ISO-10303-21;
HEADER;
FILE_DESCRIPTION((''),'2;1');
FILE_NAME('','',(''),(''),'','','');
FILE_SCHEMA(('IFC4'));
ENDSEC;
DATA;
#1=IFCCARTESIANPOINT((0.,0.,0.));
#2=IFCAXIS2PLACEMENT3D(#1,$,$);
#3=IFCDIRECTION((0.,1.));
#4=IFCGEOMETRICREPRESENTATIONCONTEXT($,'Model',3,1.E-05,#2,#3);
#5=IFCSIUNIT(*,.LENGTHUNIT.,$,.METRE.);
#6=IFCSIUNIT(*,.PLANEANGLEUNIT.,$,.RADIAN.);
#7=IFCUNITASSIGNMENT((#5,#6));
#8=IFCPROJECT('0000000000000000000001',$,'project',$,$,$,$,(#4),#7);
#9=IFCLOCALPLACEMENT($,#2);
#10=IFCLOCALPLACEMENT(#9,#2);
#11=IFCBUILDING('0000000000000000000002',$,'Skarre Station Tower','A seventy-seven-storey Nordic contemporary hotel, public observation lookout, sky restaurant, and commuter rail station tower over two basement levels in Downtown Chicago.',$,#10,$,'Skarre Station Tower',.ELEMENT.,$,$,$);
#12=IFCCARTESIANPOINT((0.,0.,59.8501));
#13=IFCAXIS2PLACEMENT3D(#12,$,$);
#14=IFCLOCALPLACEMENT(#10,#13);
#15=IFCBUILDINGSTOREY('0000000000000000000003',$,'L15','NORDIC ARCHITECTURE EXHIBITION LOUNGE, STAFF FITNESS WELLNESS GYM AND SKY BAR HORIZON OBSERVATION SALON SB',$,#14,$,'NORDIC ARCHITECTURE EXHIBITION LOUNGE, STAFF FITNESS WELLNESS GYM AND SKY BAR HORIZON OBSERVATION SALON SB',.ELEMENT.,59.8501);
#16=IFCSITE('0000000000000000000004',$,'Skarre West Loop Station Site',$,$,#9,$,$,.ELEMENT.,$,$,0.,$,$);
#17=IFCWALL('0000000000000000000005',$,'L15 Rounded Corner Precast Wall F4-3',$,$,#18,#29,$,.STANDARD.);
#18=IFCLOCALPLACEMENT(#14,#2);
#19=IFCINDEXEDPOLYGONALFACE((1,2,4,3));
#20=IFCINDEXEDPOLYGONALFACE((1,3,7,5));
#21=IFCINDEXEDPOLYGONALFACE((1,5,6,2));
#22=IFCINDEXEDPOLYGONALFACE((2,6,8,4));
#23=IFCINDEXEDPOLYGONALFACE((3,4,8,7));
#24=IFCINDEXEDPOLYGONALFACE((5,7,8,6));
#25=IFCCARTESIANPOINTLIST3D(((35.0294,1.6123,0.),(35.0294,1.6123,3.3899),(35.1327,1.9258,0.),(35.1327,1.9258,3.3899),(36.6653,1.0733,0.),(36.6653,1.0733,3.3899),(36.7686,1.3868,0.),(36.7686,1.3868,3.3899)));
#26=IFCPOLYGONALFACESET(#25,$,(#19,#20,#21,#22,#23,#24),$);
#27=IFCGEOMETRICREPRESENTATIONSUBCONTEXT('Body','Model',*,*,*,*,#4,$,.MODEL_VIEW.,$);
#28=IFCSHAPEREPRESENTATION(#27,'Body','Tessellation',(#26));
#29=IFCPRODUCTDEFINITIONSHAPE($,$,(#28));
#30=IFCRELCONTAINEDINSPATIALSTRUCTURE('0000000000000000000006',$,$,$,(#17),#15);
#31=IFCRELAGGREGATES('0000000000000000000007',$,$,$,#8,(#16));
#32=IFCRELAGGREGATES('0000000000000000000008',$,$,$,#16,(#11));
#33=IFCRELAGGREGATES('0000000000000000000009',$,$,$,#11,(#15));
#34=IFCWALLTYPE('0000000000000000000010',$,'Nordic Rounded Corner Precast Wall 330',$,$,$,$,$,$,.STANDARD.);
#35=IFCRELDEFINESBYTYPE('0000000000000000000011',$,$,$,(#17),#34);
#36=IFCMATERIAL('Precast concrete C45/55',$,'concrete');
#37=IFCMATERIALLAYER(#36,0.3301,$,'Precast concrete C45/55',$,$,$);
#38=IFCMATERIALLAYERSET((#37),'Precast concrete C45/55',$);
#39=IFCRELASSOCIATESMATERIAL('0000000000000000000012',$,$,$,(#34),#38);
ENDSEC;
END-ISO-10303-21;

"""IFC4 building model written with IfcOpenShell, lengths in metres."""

from ifc_helpers import new_model, si_unit, direction, frame, frame_2d, origin, place, context, subcontext, project, spatial, rectangle, extrude, material, layer, layer_set, type_object, element, save


model = new_model("IFC4")

# Units and contexts
model_context = context("Model", 3, precision=1e-05, world=origin(), true_north=direction((0.0, 1.0)))
body_context = subcontext(model_context, "Body", "Model", "MODEL_VIEW")
ifc_project = project(units=[si_unit("LENGTHUNIT", "METRE"), si_unit("PLANEANGLEUNIT", "RADIAN")], contexts=[model_context])

# Site, building, storey
site_placement = place(None, origin())
site = spatial("IfcSite", under=ifc_project, at=site_placement, Name="Skarre West Loop Station Site", CompositionType="ELEMENT", RefElevation=0.0)
building_placement = place(site_placement, origin())
building = spatial("IfcBuilding", under=site, at=building_placement, Name="Skarre Station Tower", Description="A seventy-seven-storey Nordic contemporary hotel, public observation lookout, sky restaurant, and commuter rail station tower over two basement levels in Downtown Chicago.", LongName="Skarre Station Tower", CompositionType="ELEMENT")
storey_placement = place(building_placement, frame((0.0, 0.0, 59.8501)))
storey = spatial("IfcBuildingStorey", under=building, at=storey_placement, Name="L15", Description="NORDIC ARCHITECTURE EXHIBITION LOUNGE, STAFF FITNESS WELLNESS GYM AND SKY BAR HORIZON OBSERVATION SALON SB", LongName="NORDIC ARCHITECTURE EXHIBITION LOUNGE, STAFF FITNESS WELLNESS GYM AND SKY BAR HORIZON OBSERVATION SALON SB", CompositionType="ELEMENT", Elevation=59.8501)

# Shared definitions
ifc_material_1 = material(Name="Precast concrete C45/55", Category="concrete")

# Wall
ifc_layer_1 = layer(ifc_material_1, 0.3301, Name="Precast concrete C45/55")
ifc_layer_set_1 = layer_set([ifc_layer_1], Name="Precast concrete C45/55")
wall_type_1 = type_object("IfcWallType", Name="Nordic Rounded Corner Precast Wall 330", PredefinedType="STANDARD", material=ifc_layer_set_1)
wall_1_placement = place(storey_placement, frame((36.717, 1.23, 0.0), z_axis=(0.0, 0.0, 1.0), x_axis=(-0.949769, 0.312952, 0.0)))
element("IfcWall", 1, at=wall_1_placement, inside=storey, type_object=wall_type_1, Name="L15 Rounded Corner Precast Wall F4-3", PredefinedType="STANDARD", context=body_context, shape_type="SweptSolid", body=[
    extrude(rectangle(XDim=1.7224, YDim=0.3301, at=frame_2d((0.8613, 0.0))), origin(), (0.0, 0.0, 1.0), 3.3899),
])

save(model, "model.ifc")
